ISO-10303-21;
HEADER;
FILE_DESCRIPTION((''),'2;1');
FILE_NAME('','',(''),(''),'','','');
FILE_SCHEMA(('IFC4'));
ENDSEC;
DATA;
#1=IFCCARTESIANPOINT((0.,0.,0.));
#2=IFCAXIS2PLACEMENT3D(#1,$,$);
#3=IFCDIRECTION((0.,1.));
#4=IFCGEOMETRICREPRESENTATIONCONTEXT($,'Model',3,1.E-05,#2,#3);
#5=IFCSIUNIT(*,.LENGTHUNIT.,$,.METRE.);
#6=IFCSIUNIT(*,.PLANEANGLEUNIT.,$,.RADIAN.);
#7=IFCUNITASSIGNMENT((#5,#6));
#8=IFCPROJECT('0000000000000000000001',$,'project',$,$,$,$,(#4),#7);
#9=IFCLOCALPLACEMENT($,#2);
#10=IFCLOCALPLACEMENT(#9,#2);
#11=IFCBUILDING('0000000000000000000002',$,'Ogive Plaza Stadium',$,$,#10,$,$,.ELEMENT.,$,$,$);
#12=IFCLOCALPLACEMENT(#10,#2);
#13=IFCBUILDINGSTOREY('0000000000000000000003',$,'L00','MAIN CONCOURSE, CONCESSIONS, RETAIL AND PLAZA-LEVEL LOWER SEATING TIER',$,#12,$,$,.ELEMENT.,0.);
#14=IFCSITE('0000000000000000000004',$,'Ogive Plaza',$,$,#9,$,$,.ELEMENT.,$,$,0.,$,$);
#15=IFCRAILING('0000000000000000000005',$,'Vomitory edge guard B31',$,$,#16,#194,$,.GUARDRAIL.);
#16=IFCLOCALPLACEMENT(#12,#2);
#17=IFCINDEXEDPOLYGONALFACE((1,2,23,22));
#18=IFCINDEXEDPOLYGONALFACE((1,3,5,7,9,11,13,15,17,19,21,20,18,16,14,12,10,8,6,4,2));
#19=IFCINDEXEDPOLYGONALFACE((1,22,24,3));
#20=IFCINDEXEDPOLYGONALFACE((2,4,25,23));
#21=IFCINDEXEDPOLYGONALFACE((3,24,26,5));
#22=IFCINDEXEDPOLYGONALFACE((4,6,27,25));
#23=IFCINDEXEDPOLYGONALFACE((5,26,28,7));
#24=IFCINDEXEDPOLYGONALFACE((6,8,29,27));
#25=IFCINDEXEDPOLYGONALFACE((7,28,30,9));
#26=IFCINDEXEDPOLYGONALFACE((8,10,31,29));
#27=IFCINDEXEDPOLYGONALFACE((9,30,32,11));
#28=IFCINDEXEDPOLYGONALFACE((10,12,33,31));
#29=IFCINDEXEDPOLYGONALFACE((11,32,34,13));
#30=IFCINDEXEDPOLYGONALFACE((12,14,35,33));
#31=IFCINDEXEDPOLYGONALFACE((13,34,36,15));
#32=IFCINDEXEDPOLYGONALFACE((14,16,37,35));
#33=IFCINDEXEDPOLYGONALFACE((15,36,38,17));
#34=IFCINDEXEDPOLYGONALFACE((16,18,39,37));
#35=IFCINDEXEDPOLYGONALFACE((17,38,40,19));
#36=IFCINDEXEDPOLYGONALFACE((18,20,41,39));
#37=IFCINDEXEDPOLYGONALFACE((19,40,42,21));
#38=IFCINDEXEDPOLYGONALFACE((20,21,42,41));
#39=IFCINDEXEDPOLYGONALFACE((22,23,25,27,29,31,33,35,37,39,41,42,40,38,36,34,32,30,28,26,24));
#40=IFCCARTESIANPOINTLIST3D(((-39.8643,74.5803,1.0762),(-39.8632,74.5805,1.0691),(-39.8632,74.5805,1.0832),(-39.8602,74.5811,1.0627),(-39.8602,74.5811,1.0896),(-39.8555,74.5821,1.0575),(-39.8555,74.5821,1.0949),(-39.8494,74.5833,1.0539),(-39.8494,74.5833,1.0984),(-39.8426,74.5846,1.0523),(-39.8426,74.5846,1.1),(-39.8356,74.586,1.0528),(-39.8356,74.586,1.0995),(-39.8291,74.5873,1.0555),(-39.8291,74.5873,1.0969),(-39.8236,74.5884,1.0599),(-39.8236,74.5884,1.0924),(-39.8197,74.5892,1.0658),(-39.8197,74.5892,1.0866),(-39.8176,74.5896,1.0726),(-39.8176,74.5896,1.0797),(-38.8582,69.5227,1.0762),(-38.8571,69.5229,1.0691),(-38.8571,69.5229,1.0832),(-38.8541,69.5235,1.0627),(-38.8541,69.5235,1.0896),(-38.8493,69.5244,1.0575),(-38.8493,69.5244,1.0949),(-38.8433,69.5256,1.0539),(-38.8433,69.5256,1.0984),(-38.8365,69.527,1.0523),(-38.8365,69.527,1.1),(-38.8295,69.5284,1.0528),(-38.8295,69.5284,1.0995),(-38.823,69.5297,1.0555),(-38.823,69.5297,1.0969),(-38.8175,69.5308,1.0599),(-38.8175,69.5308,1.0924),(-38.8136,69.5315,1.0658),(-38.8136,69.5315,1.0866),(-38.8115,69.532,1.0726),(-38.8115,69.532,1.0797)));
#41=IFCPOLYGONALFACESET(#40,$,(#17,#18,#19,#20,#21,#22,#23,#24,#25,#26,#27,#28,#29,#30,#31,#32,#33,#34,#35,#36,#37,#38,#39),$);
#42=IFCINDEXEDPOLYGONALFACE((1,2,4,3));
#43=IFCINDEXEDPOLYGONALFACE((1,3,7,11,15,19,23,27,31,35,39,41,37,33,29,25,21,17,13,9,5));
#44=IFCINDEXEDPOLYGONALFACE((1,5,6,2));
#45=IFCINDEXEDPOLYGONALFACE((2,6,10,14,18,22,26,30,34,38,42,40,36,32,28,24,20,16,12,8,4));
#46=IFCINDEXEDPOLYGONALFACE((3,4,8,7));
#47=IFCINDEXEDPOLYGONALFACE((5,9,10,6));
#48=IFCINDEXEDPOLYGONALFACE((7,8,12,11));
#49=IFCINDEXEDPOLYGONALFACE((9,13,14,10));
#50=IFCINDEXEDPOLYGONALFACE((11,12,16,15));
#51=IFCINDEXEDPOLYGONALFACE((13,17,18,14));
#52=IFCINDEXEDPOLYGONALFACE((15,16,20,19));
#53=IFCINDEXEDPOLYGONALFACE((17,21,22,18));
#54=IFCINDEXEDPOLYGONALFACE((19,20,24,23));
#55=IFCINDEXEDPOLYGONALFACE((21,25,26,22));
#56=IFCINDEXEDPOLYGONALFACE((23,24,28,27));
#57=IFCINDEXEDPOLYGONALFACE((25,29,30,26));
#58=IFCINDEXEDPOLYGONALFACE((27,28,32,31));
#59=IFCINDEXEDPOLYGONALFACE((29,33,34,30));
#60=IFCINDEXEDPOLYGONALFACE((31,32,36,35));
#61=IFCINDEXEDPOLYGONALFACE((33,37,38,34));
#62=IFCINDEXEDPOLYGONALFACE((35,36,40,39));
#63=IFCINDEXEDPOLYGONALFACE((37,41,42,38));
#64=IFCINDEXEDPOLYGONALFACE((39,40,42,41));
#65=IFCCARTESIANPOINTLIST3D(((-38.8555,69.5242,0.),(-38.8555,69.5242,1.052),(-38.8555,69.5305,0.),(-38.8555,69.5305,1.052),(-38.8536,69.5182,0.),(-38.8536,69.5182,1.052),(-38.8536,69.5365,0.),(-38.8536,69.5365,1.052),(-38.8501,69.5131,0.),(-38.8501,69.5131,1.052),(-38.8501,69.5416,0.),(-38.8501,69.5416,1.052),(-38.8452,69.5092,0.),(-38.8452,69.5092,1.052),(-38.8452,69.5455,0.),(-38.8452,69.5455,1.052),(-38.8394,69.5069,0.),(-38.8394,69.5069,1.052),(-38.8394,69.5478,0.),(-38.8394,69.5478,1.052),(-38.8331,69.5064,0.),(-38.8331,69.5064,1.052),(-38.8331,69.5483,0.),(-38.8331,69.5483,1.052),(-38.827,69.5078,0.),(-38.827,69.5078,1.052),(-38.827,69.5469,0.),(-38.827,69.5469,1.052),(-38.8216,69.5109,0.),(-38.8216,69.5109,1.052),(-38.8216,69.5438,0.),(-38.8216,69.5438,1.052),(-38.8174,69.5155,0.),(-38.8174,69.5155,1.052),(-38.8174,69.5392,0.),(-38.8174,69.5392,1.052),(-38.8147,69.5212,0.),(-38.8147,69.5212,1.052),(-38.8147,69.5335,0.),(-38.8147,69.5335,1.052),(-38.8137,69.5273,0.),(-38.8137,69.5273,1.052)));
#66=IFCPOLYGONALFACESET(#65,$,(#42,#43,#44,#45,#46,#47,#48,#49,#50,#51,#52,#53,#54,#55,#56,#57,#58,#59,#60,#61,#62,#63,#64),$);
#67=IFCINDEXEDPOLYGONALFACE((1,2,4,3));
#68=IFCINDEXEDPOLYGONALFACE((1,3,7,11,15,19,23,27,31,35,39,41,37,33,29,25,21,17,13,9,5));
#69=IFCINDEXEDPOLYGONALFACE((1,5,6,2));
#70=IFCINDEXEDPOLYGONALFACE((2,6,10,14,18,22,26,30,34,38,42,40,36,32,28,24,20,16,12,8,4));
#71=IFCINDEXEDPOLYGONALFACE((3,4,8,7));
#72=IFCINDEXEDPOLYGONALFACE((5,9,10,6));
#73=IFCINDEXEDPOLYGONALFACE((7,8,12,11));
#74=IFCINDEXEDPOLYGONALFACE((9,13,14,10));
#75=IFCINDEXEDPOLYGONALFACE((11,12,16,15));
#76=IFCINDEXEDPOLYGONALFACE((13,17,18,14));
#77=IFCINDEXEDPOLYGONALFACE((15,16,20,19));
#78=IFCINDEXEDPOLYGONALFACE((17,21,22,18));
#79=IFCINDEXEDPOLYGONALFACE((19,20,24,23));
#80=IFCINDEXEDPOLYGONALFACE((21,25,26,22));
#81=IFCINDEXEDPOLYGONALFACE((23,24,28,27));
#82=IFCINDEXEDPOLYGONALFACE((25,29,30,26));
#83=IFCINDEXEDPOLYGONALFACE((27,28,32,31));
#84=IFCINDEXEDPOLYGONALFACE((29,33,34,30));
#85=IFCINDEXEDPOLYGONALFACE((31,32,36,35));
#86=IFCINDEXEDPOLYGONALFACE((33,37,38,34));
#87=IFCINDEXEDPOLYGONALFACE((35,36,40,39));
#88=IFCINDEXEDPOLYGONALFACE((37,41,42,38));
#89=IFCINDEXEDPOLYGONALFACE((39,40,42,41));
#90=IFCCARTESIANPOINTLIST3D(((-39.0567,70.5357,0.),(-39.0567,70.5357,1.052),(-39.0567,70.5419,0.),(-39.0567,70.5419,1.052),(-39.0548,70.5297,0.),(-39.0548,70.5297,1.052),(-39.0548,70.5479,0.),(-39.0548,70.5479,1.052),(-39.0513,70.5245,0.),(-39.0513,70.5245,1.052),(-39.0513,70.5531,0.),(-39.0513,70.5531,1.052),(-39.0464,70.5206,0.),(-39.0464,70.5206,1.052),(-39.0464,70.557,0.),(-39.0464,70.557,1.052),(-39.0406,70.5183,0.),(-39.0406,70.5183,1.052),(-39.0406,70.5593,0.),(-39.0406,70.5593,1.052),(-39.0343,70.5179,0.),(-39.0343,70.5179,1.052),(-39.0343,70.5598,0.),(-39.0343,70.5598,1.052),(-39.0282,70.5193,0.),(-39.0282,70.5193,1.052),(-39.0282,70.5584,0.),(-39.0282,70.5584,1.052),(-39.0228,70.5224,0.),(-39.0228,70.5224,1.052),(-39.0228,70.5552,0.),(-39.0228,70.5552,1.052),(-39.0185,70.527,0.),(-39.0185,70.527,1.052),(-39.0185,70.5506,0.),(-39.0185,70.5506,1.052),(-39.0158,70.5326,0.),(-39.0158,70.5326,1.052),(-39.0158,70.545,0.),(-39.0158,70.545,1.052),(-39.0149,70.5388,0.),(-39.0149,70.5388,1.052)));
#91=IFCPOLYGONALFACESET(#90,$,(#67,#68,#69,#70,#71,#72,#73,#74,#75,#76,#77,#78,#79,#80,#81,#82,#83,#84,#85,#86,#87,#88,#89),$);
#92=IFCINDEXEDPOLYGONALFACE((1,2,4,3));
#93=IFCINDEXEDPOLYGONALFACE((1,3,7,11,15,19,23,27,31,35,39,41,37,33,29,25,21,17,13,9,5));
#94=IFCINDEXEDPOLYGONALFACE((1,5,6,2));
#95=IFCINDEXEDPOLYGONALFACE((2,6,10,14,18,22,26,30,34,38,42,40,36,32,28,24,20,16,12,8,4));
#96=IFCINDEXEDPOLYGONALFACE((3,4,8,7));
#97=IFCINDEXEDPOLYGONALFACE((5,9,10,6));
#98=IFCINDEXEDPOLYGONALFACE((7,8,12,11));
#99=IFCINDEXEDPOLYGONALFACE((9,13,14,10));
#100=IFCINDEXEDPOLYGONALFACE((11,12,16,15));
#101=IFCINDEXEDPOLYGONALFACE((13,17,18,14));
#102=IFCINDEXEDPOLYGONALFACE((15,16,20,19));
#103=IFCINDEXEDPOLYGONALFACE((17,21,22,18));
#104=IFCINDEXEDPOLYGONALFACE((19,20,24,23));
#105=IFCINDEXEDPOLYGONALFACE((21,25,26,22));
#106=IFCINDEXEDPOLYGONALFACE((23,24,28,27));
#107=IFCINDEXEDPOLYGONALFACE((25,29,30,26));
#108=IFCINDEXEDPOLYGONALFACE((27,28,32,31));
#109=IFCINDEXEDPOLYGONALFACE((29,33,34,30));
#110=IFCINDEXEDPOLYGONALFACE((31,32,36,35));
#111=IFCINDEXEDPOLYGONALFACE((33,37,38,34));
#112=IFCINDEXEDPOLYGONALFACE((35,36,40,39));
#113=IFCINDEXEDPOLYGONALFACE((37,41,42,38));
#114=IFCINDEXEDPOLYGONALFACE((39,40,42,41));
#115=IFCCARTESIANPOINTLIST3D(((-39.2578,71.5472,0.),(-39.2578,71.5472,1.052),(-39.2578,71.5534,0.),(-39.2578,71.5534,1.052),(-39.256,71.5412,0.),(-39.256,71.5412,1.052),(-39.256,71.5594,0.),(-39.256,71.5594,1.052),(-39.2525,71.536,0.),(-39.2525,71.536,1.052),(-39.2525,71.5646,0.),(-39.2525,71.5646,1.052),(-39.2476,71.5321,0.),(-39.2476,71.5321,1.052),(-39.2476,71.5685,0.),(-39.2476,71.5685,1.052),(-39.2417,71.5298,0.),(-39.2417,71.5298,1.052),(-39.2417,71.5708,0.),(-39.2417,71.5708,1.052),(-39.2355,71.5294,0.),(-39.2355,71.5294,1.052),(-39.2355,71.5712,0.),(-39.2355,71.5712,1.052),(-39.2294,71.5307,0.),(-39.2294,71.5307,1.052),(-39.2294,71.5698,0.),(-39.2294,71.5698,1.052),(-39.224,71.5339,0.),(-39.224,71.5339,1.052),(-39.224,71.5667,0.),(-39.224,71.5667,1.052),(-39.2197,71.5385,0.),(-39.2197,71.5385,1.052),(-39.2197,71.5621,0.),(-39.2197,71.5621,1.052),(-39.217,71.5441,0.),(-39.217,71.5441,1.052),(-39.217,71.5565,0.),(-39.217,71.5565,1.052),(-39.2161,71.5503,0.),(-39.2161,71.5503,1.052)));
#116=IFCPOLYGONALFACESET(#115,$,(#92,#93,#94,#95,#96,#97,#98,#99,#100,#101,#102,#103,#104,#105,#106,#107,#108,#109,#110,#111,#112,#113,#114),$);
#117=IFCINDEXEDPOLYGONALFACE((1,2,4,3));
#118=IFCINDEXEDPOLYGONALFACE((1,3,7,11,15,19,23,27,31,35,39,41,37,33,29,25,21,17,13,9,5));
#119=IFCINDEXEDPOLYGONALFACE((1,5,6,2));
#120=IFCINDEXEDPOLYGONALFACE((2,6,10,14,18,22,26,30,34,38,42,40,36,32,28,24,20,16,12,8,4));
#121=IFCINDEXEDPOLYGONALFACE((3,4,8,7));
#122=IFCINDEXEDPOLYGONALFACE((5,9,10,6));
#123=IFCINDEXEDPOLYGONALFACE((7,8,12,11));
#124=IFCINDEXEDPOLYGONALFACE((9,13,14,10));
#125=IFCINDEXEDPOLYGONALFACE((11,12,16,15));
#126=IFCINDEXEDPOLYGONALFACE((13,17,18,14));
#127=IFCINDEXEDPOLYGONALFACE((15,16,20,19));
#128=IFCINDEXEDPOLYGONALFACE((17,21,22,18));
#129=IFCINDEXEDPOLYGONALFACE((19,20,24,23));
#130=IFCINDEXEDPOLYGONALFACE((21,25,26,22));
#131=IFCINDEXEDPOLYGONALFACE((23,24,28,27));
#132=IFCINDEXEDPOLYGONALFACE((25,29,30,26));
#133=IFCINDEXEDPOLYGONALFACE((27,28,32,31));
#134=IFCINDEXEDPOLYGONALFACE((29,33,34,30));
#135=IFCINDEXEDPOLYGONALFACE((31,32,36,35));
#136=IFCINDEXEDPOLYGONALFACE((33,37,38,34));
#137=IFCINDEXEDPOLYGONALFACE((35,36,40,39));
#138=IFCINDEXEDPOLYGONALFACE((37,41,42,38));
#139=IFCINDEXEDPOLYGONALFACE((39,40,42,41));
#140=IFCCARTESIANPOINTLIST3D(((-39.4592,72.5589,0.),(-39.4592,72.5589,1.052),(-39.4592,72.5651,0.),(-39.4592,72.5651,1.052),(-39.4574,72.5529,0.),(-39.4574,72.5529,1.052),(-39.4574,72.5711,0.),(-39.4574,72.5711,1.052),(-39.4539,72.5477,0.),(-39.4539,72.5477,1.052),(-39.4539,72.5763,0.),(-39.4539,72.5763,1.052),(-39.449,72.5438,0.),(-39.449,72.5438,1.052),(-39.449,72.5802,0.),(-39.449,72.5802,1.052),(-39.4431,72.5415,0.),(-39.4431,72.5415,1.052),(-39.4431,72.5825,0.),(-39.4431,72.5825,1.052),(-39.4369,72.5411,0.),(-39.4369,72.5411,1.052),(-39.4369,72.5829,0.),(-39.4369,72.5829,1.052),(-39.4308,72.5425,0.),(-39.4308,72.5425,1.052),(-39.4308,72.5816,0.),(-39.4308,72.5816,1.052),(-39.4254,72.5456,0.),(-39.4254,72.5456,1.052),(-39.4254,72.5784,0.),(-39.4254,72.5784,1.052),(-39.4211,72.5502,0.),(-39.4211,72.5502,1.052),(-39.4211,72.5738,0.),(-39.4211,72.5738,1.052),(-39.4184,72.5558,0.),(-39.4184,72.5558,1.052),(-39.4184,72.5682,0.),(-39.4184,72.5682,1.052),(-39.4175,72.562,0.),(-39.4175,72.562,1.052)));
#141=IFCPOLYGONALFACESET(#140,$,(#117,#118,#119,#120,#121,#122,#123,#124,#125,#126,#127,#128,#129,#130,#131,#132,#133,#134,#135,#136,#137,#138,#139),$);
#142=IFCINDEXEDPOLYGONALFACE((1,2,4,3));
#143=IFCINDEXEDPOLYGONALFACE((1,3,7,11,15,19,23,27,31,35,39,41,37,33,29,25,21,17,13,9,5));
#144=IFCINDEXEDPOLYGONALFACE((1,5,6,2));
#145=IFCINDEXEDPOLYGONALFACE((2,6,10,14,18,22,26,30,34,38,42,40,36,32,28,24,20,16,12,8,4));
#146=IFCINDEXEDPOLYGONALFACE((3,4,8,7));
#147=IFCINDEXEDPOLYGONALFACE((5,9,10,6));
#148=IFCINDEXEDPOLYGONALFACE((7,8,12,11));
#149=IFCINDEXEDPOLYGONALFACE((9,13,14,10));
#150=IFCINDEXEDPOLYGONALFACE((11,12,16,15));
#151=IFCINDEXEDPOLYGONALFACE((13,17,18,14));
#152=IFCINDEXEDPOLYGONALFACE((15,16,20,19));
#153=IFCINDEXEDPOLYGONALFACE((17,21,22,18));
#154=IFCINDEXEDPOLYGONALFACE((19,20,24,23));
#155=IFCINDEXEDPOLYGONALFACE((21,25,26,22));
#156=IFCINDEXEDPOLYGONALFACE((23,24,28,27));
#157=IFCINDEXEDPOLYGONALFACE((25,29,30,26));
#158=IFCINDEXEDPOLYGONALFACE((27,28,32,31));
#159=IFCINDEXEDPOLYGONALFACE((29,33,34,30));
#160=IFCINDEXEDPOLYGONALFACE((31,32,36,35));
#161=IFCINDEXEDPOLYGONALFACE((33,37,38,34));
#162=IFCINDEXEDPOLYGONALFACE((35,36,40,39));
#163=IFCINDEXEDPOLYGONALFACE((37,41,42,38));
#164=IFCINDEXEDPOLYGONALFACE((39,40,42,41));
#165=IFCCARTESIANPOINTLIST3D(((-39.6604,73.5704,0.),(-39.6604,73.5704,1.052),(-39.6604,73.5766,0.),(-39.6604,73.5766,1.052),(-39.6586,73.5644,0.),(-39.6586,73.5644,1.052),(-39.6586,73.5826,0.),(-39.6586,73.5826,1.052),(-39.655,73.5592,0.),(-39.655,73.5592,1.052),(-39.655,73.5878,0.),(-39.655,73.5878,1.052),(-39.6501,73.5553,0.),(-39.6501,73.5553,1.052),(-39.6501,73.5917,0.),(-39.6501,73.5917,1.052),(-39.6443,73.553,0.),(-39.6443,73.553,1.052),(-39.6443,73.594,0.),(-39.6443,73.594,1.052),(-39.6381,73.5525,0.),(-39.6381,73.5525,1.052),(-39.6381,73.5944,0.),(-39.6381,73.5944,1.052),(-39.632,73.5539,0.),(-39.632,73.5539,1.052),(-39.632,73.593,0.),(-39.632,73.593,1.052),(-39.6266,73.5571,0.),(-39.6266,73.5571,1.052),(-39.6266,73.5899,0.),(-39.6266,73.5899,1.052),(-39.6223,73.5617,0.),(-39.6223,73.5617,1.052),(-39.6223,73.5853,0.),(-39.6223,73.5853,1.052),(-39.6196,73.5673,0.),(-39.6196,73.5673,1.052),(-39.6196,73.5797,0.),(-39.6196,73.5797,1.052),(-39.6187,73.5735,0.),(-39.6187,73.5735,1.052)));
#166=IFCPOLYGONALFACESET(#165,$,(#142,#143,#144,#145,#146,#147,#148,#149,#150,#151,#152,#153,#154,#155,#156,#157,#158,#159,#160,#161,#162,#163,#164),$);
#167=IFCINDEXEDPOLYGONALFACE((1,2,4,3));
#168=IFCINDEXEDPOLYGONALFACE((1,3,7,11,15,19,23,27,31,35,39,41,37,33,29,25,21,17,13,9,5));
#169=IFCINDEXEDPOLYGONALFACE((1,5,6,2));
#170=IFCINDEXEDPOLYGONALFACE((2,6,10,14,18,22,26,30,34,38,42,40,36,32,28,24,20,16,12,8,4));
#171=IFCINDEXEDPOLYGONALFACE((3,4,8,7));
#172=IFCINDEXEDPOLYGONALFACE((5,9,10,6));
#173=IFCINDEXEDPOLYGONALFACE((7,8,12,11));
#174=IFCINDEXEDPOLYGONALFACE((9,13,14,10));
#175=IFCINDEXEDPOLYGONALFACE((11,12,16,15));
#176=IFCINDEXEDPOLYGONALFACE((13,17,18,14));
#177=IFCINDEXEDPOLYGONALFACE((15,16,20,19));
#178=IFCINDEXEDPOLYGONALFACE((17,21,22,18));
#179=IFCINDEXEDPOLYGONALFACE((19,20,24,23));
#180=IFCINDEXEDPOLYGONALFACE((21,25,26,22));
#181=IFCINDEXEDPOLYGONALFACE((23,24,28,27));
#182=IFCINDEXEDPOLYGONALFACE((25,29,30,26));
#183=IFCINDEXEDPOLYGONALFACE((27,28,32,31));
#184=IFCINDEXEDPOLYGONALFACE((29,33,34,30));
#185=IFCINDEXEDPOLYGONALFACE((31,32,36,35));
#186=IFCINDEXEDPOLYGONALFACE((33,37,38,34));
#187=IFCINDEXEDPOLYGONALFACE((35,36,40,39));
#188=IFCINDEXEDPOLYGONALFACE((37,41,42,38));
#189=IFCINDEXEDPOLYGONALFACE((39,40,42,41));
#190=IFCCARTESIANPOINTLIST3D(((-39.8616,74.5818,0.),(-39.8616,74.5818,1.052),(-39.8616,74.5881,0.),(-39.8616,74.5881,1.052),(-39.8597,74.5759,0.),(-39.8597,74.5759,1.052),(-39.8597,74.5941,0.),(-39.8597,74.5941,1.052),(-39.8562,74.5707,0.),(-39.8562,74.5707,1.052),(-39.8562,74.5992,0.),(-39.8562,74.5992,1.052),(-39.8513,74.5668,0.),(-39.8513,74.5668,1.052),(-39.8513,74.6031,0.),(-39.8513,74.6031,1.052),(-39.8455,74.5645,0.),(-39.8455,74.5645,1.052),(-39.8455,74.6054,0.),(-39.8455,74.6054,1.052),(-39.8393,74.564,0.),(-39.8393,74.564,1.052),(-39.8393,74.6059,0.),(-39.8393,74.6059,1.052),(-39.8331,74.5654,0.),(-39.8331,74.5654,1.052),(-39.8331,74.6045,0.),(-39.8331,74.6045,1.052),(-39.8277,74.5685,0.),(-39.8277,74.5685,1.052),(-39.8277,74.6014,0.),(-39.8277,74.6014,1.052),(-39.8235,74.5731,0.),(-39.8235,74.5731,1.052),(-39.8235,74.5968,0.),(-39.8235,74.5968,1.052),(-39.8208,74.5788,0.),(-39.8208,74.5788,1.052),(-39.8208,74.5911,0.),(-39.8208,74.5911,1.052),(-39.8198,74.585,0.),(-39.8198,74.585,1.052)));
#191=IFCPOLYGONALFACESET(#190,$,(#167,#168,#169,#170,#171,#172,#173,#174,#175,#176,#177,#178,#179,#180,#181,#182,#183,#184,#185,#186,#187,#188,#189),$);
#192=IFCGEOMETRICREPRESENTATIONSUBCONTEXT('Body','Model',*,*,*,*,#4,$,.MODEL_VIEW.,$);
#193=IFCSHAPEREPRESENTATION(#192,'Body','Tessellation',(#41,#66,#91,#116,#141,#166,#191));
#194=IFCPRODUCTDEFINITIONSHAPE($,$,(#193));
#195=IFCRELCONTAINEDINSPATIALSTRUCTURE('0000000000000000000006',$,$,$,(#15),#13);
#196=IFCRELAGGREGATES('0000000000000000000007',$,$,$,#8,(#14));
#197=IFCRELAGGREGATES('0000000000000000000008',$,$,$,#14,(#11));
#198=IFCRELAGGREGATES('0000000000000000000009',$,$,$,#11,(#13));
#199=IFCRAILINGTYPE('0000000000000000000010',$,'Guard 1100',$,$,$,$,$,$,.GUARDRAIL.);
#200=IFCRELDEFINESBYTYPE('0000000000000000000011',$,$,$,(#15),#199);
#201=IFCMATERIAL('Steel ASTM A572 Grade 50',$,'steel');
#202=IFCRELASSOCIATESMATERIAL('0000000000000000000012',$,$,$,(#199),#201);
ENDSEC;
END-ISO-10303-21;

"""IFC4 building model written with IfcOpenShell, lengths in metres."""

from ifc_helpers import new_model, si_unit, direction, frame, origin, origin_2d, place, context, subcontext, project, spatial, circle, extrude, material, type_object, element, save


model = new_model("IFC4")

# Units and contexts
model_context = context("Model", 3, precision=1e-05, world=origin(), true_north=direction((0.0, 1.0)))
body_context = subcontext(model_context, "Body", "Model", "MODEL_VIEW")
ifc_project = project(units=[si_unit("LENGTHUNIT", "METRE"), si_unit("PLANEANGLEUNIT", "RADIAN")], contexts=[model_context])

# Site, building, storey
site_placement = place(None, origin())
site = spatial("IfcSite", under=ifc_project, at=site_placement, Name="Ogive Plaza", CompositionType="ELEMENT", RefElevation=0.0)
building_placement = place(site_placement, origin())
building = spatial("IfcBuilding", under=site, at=building_placement, Name="Ogive Plaza Stadium", CompositionType="ELEMENT")
storey_placement = place(building_placement, origin())
storey = spatial("IfcBuildingStorey", under=building, at=storey_placement, Name="L00", Description="MAIN CONCOURSE, CONCESSIONS, RETAIL AND PLAZA-LEVEL LOWER SEATING TIER", CompositionType="ELEMENT", Elevation=0.0)

# Railing
ifc_material_1 = material(Name="Steel ASTM A572 Grade 50", Category="steel")
railing_type = type_object("IfcRailingType", Name="Guard 1100", PredefinedType="GUARDRAIL", material=ifc_material_1)
for number, where, name in (
    (1, (-38.8347, 69.5273, 0.0), "Vomitory edge guard B31"),
):
    element("IfcRailing", number, at=place(storey_placement, frame(where)), inside=storey, type_object=railing_type, Name=name, PredefinedType="GUARDRAIL", context=body_context, shape_type="SweptSolid", body=[
        extrude(circle(Radius=0.0239, at=origin_2d()), frame((0.0, 0.0, 1.0762), z_axis=(-0.195105, 0.980782, 0.0), x_axis=(-0.980782, -0.195105, 0.0)), (0.0, 0.0, 1.0), 5.1567),
        extrude(circle(Radius=0.021, at=origin_2d()), origin(), (0.0, 0.0, 1.0), 1.052),
        extrude(circle(Radius=0.021, at=origin_2d()), frame((-0.2012, 1.0115, 0.0)), (0.0, 0.0, 1.0), 1.052),
        extrude(circle(Radius=0.021, at=origin_2d()), frame((-0.4023, 2.0229, 0.0)), (0.0, 0.0, 1.0), 1.052),
        extrude(circle(Radius=0.021, at=origin_2d()), frame((-0.6038, 3.0347, 0.0)), (0.0, 0.0, 1.0), 1.052),
        extrude(circle(Radius=0.021, at=origin_2d()), frame((-0.8049, 4.0461, 0.0)), (0.0, 0.0, 1.0), 1.052),
        extrude(circle(Radius=0.021, at=origin_2d()), frame((-1.0061, 5.0576, 0.0)), (0.0, 0.0, 1.0), 1.052),
    ])

save(model, "model.ifc")
